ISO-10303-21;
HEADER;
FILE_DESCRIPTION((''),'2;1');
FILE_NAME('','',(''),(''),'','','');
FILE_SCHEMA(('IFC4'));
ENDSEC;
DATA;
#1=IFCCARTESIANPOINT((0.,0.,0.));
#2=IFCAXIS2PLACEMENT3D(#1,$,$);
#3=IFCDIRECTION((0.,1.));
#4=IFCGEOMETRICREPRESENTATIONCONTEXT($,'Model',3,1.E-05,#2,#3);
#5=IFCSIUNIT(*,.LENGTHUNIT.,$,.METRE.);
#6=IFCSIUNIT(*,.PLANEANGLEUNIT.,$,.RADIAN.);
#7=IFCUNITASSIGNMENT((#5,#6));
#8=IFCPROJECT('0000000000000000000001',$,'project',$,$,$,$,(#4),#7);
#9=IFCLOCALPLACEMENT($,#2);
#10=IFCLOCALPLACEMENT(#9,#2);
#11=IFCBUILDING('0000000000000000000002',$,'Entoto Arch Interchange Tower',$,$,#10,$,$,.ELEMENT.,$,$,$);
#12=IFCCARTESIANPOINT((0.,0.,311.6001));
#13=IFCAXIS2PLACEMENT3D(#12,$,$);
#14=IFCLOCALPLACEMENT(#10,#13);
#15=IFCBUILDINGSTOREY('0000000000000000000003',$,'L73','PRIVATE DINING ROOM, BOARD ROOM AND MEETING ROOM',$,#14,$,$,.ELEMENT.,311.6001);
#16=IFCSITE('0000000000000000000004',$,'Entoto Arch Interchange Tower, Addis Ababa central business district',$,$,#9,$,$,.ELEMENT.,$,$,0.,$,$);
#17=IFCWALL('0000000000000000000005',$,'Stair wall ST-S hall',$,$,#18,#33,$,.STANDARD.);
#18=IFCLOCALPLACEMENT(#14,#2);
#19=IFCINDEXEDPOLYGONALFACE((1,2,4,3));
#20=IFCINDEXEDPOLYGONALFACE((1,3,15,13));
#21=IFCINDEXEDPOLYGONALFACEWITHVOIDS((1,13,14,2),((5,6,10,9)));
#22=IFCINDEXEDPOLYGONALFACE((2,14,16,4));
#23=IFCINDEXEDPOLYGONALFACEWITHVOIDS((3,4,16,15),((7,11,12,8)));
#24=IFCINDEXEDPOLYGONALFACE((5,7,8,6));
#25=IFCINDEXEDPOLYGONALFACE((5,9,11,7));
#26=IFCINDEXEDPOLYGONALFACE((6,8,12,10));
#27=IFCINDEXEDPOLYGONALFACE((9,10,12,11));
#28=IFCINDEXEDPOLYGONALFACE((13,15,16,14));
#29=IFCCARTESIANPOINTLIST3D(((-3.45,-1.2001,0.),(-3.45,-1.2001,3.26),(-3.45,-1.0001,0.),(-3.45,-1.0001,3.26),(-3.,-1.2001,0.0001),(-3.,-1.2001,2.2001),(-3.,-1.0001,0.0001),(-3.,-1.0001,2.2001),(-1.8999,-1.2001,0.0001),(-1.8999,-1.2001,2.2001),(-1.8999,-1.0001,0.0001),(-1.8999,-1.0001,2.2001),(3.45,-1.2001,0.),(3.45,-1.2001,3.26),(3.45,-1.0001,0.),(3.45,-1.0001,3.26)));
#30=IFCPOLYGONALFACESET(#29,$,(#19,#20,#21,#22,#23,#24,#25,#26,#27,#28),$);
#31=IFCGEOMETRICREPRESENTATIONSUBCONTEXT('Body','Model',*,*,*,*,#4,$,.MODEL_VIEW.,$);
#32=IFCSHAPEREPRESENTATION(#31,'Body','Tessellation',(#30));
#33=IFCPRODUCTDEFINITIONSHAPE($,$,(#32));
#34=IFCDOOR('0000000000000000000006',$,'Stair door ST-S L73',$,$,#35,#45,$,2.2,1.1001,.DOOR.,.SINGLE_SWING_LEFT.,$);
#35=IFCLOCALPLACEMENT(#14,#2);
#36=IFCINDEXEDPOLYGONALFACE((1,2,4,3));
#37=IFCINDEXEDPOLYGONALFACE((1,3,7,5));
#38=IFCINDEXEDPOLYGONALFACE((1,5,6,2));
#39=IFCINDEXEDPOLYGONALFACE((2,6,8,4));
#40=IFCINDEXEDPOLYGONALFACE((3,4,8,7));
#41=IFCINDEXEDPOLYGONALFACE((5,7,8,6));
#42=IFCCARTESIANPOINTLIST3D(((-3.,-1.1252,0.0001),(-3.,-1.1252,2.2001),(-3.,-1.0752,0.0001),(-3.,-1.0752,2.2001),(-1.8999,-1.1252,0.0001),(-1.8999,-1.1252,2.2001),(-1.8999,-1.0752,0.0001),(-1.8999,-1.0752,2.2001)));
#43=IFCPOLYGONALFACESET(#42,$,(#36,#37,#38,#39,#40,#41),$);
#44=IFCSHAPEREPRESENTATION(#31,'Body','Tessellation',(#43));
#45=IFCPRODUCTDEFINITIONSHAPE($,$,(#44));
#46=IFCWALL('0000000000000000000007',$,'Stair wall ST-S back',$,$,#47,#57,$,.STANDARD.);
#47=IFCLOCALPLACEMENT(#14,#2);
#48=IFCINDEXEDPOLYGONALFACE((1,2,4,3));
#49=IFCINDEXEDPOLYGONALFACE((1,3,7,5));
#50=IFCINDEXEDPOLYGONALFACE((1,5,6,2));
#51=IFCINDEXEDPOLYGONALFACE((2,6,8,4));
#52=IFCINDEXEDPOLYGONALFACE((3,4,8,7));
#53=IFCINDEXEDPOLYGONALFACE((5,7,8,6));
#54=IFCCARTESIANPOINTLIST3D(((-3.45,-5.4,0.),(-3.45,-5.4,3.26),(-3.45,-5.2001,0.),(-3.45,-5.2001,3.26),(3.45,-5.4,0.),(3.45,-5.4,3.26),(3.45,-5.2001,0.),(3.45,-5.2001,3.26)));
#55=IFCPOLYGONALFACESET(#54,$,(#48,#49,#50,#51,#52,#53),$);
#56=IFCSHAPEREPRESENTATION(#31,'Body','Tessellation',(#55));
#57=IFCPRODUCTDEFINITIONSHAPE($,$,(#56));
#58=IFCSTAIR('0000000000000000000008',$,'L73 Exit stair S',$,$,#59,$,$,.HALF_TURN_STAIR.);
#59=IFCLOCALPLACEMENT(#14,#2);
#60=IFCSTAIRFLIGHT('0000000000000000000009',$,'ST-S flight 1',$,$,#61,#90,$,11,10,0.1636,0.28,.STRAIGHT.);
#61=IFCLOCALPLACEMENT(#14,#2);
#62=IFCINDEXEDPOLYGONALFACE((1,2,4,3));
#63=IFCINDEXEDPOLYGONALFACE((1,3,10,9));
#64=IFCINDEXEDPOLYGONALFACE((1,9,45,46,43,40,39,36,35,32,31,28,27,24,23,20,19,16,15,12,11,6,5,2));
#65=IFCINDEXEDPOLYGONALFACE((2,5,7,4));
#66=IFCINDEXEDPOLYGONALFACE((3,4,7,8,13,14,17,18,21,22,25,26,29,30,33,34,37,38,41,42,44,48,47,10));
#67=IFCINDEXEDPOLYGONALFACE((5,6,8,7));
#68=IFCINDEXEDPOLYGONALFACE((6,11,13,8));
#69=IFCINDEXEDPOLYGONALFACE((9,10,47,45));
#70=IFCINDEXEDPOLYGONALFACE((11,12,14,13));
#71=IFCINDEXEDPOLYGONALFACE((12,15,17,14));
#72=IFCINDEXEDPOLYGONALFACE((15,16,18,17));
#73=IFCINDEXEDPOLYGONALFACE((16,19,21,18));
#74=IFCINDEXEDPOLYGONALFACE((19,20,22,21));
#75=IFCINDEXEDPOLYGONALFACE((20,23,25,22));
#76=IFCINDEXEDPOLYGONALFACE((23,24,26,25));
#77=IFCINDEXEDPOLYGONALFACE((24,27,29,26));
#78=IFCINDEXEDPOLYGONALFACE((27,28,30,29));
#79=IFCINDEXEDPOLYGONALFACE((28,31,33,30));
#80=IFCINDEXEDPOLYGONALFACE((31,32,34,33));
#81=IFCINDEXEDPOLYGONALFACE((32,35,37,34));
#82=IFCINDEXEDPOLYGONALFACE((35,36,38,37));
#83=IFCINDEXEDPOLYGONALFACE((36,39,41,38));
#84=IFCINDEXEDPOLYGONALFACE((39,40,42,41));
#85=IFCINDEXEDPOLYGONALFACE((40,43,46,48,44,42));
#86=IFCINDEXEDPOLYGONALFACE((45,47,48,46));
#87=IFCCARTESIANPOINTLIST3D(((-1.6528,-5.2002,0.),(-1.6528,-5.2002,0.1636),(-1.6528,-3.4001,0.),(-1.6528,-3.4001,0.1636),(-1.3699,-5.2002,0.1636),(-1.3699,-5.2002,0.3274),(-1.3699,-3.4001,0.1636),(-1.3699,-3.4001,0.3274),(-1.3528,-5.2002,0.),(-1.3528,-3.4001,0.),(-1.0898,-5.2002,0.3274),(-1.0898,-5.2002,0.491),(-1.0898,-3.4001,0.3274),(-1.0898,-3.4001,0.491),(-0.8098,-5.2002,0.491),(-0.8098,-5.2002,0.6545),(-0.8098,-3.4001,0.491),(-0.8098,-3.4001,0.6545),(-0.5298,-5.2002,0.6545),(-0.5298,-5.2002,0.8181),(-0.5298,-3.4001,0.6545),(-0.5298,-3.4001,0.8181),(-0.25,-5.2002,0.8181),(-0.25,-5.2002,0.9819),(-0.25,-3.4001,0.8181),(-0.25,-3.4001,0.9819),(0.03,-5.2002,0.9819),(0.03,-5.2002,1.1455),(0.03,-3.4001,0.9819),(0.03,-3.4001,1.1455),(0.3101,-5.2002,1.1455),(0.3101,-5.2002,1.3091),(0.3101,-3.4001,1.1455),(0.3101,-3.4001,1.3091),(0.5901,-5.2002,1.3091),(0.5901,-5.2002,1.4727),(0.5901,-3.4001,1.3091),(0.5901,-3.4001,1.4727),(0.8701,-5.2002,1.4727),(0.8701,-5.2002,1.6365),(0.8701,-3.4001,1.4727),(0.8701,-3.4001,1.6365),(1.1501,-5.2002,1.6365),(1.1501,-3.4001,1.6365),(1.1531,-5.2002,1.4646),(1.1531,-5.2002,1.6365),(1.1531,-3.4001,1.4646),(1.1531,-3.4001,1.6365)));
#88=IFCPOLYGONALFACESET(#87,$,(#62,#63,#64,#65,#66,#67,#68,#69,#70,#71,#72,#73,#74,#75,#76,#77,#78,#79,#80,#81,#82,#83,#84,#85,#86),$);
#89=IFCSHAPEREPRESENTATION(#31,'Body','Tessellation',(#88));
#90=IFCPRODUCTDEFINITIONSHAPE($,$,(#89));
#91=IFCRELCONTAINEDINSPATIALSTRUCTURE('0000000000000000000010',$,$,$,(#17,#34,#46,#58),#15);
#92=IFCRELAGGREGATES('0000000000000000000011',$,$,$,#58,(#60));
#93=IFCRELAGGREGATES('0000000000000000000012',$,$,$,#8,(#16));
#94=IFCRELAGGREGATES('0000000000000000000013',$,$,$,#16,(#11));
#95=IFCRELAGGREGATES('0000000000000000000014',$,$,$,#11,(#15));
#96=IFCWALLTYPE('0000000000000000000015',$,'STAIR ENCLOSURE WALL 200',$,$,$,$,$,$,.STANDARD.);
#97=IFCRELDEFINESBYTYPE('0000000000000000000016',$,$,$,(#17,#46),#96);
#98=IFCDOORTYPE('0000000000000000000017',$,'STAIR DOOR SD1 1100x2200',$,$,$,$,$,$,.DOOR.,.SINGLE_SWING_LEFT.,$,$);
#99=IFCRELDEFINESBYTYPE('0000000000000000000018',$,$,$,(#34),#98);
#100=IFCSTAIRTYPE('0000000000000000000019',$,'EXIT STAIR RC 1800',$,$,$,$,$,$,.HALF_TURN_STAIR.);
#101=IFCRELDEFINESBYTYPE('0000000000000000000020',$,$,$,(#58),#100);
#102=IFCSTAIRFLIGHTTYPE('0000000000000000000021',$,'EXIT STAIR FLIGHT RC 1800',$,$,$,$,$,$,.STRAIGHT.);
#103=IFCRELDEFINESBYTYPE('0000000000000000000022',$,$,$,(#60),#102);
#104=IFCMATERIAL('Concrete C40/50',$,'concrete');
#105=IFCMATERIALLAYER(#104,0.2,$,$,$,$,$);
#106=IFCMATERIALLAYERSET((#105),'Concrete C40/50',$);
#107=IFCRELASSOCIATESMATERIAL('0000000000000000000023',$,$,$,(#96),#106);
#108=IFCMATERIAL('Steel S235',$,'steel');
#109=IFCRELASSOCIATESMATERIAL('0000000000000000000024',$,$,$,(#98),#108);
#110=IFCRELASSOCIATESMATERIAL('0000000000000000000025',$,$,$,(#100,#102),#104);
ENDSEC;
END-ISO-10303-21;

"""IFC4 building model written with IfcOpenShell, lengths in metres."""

from ifc_helpers import new_model, si_unit, direction, frame, frame_2d, origin, place, context, subcontext, project, spatial, polyline, rectangle, outline, extrude, material, layer, layer_set, type_object, element, fill, aggregate, save


model = new_model("IFC4")

# Units and contexts
model_context = context("Model", 3, precision=1e-05, world=origin(), true_north=direction((0.0, 1.0)))
body_context = subcontext(model_context, "Body", "Model", "MODEL_VIEW")
ifc_project = project(units=[si_unit("LENGTHUNIT", "METRE"), si_unit("PLANEANGLEUNIT", "RADIAN")], contexts=[model_context])

# Site, building, storey
site_placement = place(None, origin())
site = spatial("IfcSite", under=ifc_project, at=site_placement, Name="Entoto Arch Interchange Tower, Addis Ababa central business district", CompositionType="ELEMENT", RefElevation=0.0)
building_placement = place(site_placement, origin())
building = spatial("IfcBuilding", under=site, at=building_placement, Name="Entoto Arch Interchange Tower", CompositionType="ELEMENT")
storey_placement = place(building_placement, frame((0.0, 0.0, 311.6001)))
storey = spatial("IfcBuildingStorey", under=building, at=storey_placement, Name="L73", Description="PRIVATE DINING ROOM, BOARD ROOM AND MEETING ROOM", CompositionType="ELEMENT", Elevation=311.6001)

# Shared definitions
ifc_material_1 = material(Name="Concrete C40/50", Category="concrete")

# Wall, opening, door
ifc_layer_1 = layer(ifc_material_1, 0.2)
ifc_layer_set_1 = layer_set([ifc_layer_1], Name="Concrete C40/50")
wall_type_1 = type_object("IfcWallType", Name="STAIR ENCLOSURE WALL 200", PredefinedType="STANDARD", material=ifc_layer_set_1)
ifc_material_2 = material(Name="Steel S235", Category="steel")
door_type = type_object("IfcDoorType", Name="STAIR DOOR SD1 1100x2200", OperationType="SINGLE_SWING_LEFT", PredefinedType="DOOR", material=ifc_material_2)
wall_1_placement = place(storey_placement, frame((-3.45, -1.1001, 0.0), z_axis=(0.0, 0.0, 1.0), x_axis=(1.0, 0.0, 0.0)))
wall_1 = element("IfcWall", 1, at=wall_1_placement, inside=storey, type_object=wall_type_1, Name="Stair wall ST-S hall", PredefinedType="STANDARD", context=body_context, shape_type="SweptSolid", body=[
    extrude(rectangle(XDim=6.8999, YDim=0.2, at=frame_2d((3.45, 0.0))), origin(), (0.0, 0.0, 1.0), 3.26),
])
opening_1_placement = place(wall_1_placement, frame((0.45, 0.0, 0.0)))
opening_1 = element("IfcOpeningElement", 2, at=opening_1_placement, cuts=wall_1, PredefinedType="OPENING", context=body_context, shape_type="SweptSolid", body=[
    extrude(rectangle(XDim=1.1001, YDim=2.2, at=frame_2d((0.55, 1.1001))), frame((0.0, 0.1099, 0.0), z_axis=(0.0, -1.0, 0.0), x_axis=(1.0, 0.0, 0.0)), (0.0, 0.0, 1.0), 0.22),
])
door_1_placement = place(opening_1_placement, origin())
door_1 = element("IfcDoor", 3, at=door_1_placement, inside=storey, type_object=door_type, Name="Stair door ST-S L73", OperationType="SINGLE_SWING_LEFT", OverallHeight=2.2, OverallWidth=1.1001, PredefinedType="DOOR", context=body_context, shape_type="SweptSolid", body=[
    extrude(rectangle(XDim=1.1001, YDim=2.2, at=frame_2d((0.55, 1.1001))), frame((0.0, 0.0249, 0.0), z_axis=(0.0, -1.0, 0.0), x_axis=(1.0, 0.0, 0.0)), (0.0, 0.0, 1.0), 0.05),
])
fill(opening_1, door_1)

# Wall
wall_2_placement = place(storey_placement, frame((-3.45, -5.3, 0.0), z_axis=(0.0, 0.0, 1.0), x_axis=(1.0, 0.0, 0.0)))
element("IfcWall", 4, at=wall_2_placement, inside=storey, type_object=wall_type_1, Name="Stair wall ST-S back", PredefinedType="STANDARD", context=body_context, shape_type="SweptSolid", body=[
    extrude(rectangle(XDim=6.8999, YDim=0.2, at=frame_2d((3.45, 0.0))), origin(), (0.0, 0.0, 1.0), 3.26),
])

# Stair, stair flight
stair_type = type_object("IfcStairType", Name="EXIT STAIR RC 1800", PredefinedType="HALF_TURN_STAIR", material=ifc_material_1)
stair_placement = place(storey_placement, origin())
stair = element("IfcStair", 5, at=stair_placement, inside=storey, type_object=stair_type, Name="L73 Exit stair S", PredefinedType="HALF_TURN_STAIR")
stair_flight_type = type_object("IfcStairFlightType", Name="EXIT STAIR FLIGHT RC 1800", PredefinedType="STRAIGHT", material=ifc_material_1)
stair_flight_placement = place(storey_placement, frame((-1.6499, -4.3, 0.0), z_axis=(0.0, 0.0, 1.0), x_axis=(1.0, 0.0, 0.0)))
stair_flight = element("IfcStairFlight", 6, at=stair_flight_placement, type_object=stair_flight_type, Name="ST-S flight 1", NumberOfRisers=11, NumberOfTreads=10, PredefinedType="STRAIGHT", RiserHeight=0.1636, TreadLength=0.28, context=body_context, shape_type="SweptSolid", body=[
    extrude(outline(polyline([(-0.0029, 0.0), (-0.0029, 0.1636), (0.28, 0.1636), (0.28, 0.3274), (0.5601, 0.3274), (0.5601, 0.491), (0.8401, 0.491), (0.8401, 0.6545), (1.1201, 0.6545), (1.1201, 0.8181), (1.3999, 0.8181), (1.3999, 0.9819), (1.6799, 0.9819), (1.6799, 1.1455), (1.96, 1.1455), (1.96, 1.3091), (2.24, 1.3091), (2.24, 1.4727), (2.52, 1.4727), (2.52, 1.6365), (2.8, 1.6365), (2.803, 1.6365), (2.803, 1.4646), (0.2971, 0.0), (-0.0029, 0.0)])), frame((0.0, 0.8999, 0.0), z_axis=(0.0, -1.0, 0.0), x_axis=(1.0, 0.0, 0.0)), (0.0, 0.0, 1.0), 1.8),
])
aggregate(stair, [stair_flight])

save(model, "model.ifc")
